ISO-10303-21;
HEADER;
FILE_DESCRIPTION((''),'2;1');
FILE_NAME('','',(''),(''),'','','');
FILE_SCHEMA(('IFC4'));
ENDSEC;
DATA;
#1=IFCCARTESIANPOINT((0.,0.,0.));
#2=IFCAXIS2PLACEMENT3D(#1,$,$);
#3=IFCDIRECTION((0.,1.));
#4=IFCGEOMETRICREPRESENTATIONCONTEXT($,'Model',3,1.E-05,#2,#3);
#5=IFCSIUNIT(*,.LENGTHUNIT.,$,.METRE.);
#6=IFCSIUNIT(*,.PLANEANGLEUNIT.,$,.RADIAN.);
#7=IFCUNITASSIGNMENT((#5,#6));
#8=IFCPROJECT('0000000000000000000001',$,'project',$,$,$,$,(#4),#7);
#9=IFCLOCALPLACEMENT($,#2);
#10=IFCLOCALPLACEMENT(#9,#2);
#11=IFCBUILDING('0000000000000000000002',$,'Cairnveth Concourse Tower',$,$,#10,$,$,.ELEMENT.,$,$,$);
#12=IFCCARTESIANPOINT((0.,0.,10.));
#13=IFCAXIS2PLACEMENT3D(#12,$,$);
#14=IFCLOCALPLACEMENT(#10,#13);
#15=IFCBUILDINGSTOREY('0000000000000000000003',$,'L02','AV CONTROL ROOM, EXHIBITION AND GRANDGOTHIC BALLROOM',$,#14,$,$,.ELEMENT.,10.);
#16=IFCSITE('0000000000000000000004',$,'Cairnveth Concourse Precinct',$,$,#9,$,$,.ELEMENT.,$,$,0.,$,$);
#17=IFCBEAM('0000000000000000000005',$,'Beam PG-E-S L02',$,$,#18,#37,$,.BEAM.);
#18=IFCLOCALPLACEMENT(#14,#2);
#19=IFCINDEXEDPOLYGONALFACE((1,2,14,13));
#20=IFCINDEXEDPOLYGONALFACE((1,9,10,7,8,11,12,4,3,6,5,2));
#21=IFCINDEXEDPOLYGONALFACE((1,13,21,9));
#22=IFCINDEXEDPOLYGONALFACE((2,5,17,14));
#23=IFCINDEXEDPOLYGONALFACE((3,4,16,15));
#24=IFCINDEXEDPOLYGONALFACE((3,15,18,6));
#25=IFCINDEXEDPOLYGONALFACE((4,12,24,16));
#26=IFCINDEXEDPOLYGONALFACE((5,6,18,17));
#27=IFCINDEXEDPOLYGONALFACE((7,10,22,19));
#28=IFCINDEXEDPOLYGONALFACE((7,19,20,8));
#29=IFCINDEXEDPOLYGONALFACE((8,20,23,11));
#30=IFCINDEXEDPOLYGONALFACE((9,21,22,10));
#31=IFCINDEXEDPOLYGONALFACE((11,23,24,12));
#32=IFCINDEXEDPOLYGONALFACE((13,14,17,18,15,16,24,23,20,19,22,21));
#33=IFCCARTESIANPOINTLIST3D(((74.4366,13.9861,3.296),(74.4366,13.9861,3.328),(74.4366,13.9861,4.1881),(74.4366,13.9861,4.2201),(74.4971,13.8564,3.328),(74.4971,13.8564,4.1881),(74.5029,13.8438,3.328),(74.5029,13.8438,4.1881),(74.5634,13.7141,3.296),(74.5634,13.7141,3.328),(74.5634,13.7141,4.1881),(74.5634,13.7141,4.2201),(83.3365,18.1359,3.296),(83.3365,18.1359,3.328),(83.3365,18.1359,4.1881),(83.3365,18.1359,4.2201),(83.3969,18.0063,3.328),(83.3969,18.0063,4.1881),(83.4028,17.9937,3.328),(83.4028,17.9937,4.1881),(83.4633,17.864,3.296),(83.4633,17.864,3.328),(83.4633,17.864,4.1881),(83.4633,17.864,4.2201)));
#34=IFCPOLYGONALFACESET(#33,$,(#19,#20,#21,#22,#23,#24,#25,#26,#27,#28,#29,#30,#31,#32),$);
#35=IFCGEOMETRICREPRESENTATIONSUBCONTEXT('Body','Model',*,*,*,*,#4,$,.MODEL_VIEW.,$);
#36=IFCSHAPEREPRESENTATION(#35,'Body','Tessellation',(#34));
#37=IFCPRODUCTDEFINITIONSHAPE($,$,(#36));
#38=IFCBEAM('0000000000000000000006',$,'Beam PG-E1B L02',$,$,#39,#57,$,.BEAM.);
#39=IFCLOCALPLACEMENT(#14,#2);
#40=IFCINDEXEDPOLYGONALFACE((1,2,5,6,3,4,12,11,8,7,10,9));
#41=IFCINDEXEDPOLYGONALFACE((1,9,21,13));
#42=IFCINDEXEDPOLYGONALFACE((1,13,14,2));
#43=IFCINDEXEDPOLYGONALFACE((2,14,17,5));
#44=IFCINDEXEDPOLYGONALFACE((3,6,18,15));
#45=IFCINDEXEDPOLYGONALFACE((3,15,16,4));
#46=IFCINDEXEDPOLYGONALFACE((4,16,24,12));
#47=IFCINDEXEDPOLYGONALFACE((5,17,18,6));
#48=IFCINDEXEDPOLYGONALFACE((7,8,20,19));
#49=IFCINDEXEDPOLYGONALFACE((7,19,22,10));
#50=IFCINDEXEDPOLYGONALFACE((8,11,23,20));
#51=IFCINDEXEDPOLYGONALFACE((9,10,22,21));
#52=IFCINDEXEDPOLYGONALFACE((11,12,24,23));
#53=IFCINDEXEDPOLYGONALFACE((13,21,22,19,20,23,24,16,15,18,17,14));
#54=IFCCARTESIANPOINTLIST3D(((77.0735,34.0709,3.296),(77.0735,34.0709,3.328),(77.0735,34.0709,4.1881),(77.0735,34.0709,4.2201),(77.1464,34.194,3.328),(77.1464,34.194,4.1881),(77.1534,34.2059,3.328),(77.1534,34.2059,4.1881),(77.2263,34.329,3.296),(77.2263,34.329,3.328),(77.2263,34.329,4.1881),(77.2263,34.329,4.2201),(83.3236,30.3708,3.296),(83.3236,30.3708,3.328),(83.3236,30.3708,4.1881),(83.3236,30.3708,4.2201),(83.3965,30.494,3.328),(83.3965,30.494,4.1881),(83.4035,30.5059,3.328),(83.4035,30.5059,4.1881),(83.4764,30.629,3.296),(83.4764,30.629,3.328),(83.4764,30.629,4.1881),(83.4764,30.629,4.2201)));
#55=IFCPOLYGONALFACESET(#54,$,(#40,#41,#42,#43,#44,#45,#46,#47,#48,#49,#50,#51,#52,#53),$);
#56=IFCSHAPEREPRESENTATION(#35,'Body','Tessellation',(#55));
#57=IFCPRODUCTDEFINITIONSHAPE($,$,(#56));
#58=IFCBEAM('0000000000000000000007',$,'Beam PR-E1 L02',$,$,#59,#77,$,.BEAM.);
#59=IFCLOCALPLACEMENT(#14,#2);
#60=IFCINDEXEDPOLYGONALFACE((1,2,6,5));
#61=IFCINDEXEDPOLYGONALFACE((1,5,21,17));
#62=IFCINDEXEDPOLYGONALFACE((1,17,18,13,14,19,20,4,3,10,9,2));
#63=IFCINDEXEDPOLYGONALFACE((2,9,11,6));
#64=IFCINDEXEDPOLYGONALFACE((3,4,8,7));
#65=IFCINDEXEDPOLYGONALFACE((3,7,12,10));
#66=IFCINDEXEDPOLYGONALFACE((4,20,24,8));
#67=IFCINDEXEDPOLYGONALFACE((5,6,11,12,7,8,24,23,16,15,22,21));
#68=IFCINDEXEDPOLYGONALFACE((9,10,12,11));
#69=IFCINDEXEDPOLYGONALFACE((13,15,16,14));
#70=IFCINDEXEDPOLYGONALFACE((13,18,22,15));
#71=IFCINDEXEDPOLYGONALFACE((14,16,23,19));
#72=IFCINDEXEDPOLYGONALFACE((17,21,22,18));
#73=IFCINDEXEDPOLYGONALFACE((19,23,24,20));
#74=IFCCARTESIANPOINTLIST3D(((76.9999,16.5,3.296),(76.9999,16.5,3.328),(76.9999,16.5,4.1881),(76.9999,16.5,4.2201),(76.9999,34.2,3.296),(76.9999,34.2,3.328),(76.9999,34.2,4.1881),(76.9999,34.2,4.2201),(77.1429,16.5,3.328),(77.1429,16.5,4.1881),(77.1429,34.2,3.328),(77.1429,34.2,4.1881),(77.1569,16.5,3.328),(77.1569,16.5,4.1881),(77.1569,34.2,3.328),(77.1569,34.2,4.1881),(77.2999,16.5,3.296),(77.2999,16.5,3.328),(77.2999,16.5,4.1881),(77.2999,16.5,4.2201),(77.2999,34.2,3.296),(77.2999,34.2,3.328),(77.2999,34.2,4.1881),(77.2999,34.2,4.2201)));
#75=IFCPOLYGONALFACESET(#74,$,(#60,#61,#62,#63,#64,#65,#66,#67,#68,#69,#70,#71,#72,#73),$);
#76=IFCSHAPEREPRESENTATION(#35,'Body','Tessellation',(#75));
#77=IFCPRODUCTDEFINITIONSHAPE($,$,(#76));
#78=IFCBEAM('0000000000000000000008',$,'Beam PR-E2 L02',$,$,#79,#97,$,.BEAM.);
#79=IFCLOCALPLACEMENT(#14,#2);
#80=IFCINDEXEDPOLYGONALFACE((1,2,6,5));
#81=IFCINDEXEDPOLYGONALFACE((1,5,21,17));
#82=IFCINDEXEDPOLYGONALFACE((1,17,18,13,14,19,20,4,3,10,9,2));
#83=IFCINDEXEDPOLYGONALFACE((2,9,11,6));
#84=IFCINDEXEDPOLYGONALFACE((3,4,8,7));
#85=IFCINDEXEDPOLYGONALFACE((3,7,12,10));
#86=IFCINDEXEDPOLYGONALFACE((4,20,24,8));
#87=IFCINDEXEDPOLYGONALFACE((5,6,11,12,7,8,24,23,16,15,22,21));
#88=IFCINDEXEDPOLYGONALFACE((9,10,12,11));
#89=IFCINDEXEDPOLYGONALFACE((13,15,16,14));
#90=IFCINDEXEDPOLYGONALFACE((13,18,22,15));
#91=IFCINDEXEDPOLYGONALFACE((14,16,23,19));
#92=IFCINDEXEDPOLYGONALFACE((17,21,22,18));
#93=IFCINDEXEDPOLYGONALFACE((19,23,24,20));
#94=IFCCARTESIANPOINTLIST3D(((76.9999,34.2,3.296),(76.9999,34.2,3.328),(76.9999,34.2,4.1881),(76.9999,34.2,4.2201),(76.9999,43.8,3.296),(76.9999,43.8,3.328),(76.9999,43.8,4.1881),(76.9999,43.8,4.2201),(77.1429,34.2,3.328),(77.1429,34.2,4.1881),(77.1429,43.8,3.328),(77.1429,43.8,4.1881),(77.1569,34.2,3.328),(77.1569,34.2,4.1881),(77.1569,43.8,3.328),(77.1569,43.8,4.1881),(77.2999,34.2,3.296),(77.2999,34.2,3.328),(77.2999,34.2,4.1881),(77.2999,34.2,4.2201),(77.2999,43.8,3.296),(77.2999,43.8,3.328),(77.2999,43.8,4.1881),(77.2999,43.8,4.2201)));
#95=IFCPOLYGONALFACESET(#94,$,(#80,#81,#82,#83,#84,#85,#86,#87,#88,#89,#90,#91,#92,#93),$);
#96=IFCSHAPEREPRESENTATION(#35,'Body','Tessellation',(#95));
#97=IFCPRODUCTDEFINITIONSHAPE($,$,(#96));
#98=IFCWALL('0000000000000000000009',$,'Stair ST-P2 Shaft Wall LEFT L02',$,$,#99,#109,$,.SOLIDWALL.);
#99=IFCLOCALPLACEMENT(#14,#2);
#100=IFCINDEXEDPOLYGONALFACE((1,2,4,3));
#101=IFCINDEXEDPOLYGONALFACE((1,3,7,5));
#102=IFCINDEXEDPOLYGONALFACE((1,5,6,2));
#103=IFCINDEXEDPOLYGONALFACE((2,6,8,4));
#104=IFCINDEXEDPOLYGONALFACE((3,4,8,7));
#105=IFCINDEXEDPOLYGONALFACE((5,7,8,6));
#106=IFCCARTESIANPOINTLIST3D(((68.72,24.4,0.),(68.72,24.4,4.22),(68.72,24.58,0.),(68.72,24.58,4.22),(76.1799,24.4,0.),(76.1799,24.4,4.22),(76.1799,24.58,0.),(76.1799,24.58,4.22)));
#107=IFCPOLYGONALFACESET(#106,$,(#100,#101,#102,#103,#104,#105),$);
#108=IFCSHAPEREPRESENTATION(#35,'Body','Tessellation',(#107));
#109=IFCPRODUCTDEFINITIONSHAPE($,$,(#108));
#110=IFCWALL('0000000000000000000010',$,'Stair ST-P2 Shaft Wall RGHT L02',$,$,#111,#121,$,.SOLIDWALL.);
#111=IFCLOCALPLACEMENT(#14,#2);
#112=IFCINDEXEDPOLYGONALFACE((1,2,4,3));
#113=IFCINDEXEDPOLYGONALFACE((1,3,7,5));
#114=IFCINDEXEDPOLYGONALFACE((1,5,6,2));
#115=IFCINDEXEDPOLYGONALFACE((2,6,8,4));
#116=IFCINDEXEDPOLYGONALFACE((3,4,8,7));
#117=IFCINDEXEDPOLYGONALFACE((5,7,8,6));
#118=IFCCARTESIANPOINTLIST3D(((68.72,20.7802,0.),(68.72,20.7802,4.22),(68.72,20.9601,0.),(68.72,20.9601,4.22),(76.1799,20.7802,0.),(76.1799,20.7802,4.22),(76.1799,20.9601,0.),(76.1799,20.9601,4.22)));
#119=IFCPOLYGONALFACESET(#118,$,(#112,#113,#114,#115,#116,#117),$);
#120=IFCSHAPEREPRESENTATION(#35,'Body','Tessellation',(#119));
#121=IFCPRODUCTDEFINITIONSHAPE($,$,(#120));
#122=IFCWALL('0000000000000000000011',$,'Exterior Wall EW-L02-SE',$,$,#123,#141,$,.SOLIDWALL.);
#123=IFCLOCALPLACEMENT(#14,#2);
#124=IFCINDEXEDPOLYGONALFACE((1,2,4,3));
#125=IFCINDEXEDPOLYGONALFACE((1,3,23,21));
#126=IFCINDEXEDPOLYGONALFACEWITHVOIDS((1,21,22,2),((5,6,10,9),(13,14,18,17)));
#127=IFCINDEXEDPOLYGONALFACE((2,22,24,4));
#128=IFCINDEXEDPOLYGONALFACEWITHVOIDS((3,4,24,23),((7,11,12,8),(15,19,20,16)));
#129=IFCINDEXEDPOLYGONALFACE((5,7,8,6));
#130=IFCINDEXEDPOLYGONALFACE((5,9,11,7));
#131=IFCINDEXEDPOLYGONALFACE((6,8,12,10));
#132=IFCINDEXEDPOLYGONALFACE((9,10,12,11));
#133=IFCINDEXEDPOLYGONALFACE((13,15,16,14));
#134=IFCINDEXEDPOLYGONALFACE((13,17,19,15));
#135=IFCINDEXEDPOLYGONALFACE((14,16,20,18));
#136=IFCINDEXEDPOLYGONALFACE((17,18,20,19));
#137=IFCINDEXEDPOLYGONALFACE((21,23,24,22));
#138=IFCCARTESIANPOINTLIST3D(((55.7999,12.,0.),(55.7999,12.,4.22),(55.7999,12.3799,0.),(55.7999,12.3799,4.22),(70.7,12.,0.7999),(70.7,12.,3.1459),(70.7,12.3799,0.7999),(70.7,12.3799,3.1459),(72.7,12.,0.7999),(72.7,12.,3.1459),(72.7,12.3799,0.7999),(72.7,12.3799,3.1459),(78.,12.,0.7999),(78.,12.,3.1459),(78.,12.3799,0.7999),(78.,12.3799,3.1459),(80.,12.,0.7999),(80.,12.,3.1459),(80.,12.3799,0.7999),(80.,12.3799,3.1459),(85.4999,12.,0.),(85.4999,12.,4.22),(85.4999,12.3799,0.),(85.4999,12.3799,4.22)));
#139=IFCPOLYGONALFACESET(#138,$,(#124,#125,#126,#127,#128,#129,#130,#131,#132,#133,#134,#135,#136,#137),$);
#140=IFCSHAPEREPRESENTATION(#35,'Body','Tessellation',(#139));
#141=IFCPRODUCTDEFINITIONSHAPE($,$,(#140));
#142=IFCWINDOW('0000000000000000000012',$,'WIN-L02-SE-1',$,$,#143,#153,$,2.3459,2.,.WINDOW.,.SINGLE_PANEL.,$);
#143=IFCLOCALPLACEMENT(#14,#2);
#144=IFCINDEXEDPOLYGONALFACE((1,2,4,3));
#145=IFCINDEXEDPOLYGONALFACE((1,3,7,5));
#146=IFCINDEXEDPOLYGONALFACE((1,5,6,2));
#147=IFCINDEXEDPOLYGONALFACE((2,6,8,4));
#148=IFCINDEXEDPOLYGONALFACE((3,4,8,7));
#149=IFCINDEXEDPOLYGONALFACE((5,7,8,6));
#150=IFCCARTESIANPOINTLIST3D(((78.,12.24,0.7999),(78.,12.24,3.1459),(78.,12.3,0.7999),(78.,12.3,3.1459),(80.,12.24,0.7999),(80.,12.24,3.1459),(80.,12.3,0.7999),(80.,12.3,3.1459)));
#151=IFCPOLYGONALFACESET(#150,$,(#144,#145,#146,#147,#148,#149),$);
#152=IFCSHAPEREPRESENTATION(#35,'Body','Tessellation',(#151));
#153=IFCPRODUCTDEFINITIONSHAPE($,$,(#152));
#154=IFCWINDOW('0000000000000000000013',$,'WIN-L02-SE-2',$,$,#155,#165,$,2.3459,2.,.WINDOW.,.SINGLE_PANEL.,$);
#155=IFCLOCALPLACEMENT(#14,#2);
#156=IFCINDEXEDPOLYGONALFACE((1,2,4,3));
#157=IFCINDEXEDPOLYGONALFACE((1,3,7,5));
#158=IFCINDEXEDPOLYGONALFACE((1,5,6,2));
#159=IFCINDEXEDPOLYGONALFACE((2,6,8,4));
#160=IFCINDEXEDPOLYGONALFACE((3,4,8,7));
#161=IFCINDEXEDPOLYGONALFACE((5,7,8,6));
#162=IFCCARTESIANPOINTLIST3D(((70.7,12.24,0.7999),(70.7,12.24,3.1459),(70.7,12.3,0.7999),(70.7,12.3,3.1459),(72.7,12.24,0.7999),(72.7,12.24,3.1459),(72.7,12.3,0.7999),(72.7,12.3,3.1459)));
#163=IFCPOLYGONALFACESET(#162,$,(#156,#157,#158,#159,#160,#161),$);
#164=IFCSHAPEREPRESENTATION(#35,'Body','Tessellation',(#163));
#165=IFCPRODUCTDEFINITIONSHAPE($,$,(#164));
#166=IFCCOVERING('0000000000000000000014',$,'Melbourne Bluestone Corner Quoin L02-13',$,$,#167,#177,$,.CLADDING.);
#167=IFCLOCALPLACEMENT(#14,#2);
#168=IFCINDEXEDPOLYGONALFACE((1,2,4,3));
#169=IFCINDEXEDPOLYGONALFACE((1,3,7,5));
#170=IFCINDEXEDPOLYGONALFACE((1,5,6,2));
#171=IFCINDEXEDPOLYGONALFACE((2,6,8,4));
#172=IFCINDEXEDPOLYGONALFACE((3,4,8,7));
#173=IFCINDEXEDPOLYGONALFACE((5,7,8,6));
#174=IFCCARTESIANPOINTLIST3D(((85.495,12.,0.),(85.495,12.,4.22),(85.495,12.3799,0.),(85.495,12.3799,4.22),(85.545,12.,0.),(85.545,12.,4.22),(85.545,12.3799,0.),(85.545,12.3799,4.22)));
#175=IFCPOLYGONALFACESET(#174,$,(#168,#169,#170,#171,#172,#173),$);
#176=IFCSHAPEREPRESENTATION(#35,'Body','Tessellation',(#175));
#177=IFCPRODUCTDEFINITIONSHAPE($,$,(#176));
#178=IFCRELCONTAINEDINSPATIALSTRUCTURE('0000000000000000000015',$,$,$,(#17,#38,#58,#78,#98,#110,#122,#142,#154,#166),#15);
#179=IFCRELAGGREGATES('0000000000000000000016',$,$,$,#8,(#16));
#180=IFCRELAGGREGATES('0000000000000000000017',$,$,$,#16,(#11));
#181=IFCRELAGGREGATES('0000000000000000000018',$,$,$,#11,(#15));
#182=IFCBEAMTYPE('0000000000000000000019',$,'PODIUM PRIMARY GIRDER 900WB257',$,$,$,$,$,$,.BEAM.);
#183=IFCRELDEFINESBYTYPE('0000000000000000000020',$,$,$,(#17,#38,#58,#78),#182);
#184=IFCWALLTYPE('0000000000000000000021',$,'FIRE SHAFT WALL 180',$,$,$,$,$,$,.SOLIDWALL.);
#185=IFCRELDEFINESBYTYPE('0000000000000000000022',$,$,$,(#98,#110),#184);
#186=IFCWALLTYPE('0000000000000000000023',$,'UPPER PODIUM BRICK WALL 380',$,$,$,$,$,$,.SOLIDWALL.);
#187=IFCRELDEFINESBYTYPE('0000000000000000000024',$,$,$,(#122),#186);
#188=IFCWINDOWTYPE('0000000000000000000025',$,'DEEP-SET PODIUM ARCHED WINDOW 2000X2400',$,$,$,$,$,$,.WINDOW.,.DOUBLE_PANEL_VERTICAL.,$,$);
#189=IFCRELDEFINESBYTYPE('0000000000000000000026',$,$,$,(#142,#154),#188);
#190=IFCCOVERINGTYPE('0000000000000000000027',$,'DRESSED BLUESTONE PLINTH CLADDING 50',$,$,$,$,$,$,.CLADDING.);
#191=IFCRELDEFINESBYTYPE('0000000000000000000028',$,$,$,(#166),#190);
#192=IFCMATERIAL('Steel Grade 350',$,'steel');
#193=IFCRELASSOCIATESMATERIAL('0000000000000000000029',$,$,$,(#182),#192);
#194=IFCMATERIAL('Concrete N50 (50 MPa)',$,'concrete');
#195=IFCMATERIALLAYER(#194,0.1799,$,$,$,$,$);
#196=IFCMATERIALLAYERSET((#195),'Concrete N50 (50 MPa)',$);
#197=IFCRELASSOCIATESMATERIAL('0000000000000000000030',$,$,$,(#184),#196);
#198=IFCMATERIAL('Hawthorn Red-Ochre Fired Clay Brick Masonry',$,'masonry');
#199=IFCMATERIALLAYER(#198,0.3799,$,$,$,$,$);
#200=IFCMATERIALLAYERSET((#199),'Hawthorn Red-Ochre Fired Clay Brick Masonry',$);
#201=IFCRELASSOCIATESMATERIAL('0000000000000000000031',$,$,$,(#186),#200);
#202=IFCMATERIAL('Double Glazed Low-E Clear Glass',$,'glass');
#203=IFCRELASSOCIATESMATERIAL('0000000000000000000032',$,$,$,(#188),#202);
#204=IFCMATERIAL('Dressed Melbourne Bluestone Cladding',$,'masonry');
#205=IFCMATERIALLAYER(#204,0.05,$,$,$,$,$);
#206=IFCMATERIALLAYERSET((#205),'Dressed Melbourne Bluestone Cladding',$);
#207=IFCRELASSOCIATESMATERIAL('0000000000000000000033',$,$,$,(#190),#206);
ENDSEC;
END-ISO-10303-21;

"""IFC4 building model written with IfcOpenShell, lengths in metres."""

from ifc_helpers import new_model, si_unit, direction, frame, frame_2d, origin, origin_2d, place, context, subcontext, project, spatial, rectangle, i_section, extrude, material, layer, layer_set, material_profile, profile_set, type_object, element, fill, save


model = new_model("IFC4")

# Units and contexts
model_context = context("Model", 3, precision=1e-05, world=origin(), true_north=direction((0.0, 1.0)))
body_context = subcontext(model_context, "Body", "Model", "MODEL_VIEW")
ifc_project = project(units=[si_unit("LENGTHUNIT", "METRE"), si_unit("PLANEANGLEUNIT", "RADIAN")], contexts=[model_context])

# Site, building, storey
site_placement = place(None, origin())
site = spatial("IfcSite", under=ifc_project, at=site_placement, Name="Cairnveth Concourse Precinct", CompositionType="ELEMENT", RefElevation=0.0)
building_placement = place(site_placement, origin())
building = spatial("IfcBuilding", under=site, at=building_placement, Name="Cairnveth Concourse Tower", CompositionType="ELEMENT")
storey_placement = place(building_placement, frame((0.0, 0.0, 10.0)))
storey = spatial("IfcBuildingStorey", under=building, at=storey_placement, Name="L02", Description="AV CONTROL ROOM, EXHIBITION AND GRANDGOTHIC BALLROOM", CompositionType="ELEMENT", Elevation=10.0)

# Shared definitions
ifc_material_1 = material(Name="Steel Grade 350", Category="steel")

# Beams
ifc_material_profile_1 = material_profile(ifc_material_1, i_section(OverallWidth=0.3, OverallDepth=0.9241, WebThickness=0.0139, FlangeThickness=0.032, at=origin_2d()), Name="900WB257")
ifc_profile_set_1 = profile_set([ifc_material_profile_1], Name="Steel Grade 350")
beam_type_1 = type_object("IfcBeamType", Name="PODIUM PRIMARY GIRDER 900WB257", PredefinedType="BEAM", material=ifc_profile_set_1)
beam_1_placement = place(storey_placement, frame((74.5, 13.8501, 3.7581), z_axis=(0.906315, 0.422602, 0.0), x_axis=(-0.422602, 0.906315, 0.0)))
element("IfcBeam", 1, at=beam_1_placement, inside=storey, type_object=beam_type_1, Name="Beam PG-E-S L02", PredefinedType="BEAM", context=body_context, shape_type="SweptSolid", body=[
    extrude(i_section(OverallWidth=0.3, OverallDepth=0.9241, WebThickness=0.0139, FlangeThickness=0.032, at=origin_2d()), origin(), (0.0, 0.0, 1.0), 9.8198),
])
beam_2_placement = place(storey_placement, frame((77.1499, 34.2, 3.7581), z_axis=(0.860518, -0.50942, 0.0), x_axis=(0.50942, 0.860518, 0.0)))
element("IfcBeam", 2, at=beam_2_placement, inside=storey, type_object=beam_type_1, Name="Beam PG-E1B L02", PredefinedType="BEAM", context=body_context, shape_type="SweptSolid", body=[
    extrude(i_section(OverallWidth=0.3, OverallDepth=0.9241, WebThickness=0.0139, FlangeThickness=0.032, at=origin_2d()), origin(), (0.0, 0.0, 1.0), 7.2632),
])
beam_3_placement = place(storey_placement, frame((77.1499, 16.5, 3.7581), z_axis=(0.0, 1.0, 0.0), x_axis=(-1.0, 0.0, 0.0)))
element("IfcBeam", 3, at=beam_3_placement, inside=storey, type_object=beam_type_1, Name="Beam PR-E1 L02", PredefinedType="BEAM", context=body_context, shape_type="SweptSolid", body=[
    extrude(i_section(OverallWidth=0.3, OverallDepth=0.9241, WebThickness=0.0139, FlangeThickness=0.032, at=origin_2d()), origin(), (0.0, 0.0, 1.0), 17.7),
])
beam_4_placement = place(storey_placement, frame((77.1499, 34.2, 3.7581), z_axis=(0.0, 1.0, 0.0), x_axis=(-1.0, 0.0, 0.0)))
element("IfcBeam", 4, at=beam_4_placement, inside=storey, type_object=beam_type_1, Name="Beam PR-E2 L02", PredefinedType="BEAM", context=body_context, shape_type="SweptSolid", body=[
    extrude(i_section(OverallWidth=0.3, OverallDepth=0.9241, WebThickness=0.0139, FlangeThickness=0.032, at=origin_2d()), origin(), (0.0, 0.0, 1.0), 9.6001),
])

# Shared definitions
ifc_material_2 = material(Name="Concrete N50 (50 MPa)", Category="concrete")
ifc_layer_1 = layer(ifc_material_2, 0.1799)
ifc_layer_set_1 = layer_set([ifc_layer_1], Name="Concrete N50 (50 MPa)")
wall_type_1 = type_object("IfcWallType", Name="FIRE SHAFT WALL 180", PredefinedType="SOLIDWALL", material=ifc_layer_set_1)

# Walls
for number, where, z_axis, x_axis, name in (
    (5, (76.1799, 24.49, 0.0), (0.0, 0.0, 1.0), (-1.0, 0.0, 0.0), "Stair ST-P2 Shaft Wall LEFT L02"),
    (6, (76.1799, 20.8701, 0.0), (0.0, 0.0, 1.0), (-1.0, 0.0, 0.0), "Stair ST-P2 Shaft Wall RGHT L02"),
):
    element("IfcWall", number, at=place(storey_placement, frame(where, z_axis=z_axis, x_axis=x_axis)), inside=storey, type_object=wall_type_1, Name=name, PredefinedType="SOLIDWALL", context=body_context, shape_type="SweptSolid", body=[
        extrude(rectangle(XDim=7.46, YDim=0.1799, at=frame_2d((3.73, 0.0))), origin(), (0.0, 0.0, 1.0), 4.22),
    ])

# Wall, openings, windows
ifc_material_3 = material(Name="Hawthorn Red-Ochre Fired Clay Brick Masonry", Category="masonry")
ifc_layer_2 = layer(ifc_material_3, 0.3799)
ifc_layer_set_2 = layer_set([ifc_layer_2], Name="Hawthorn Red-Ochre Fired Clay Brick Masonry")
wall_type_2 = type_object("IfcWallType", Name="UPPER PODIUM BRICK WALL 380", PredefinedType="SOLIDWALL", material=ifc_layer_set_2)
wall_1_placement = place(storey_placement, frame((85.5, 12.1899, 0.0), z_axis=(0.0, 0.0, 1.0), x_axis=(-1.0, 0.0, 0.0)))
wall_1 = element("IfcWall", 7, at=wall_1_placement, inside=storey, type_object=wall_type_2, Name="Exterior Wall EW-L02-SE", PredefinedType="SOLIDWALL", context=body_context, shape_type="SweptSolid", body=[
    extrude(rectangle(XDim=29.7, YDim=0.3799, at=frame_2d((14.8501, 0.0))), origin(), (0.0, 0.0, 1.0), 4.22),
])
opening_1_placement = place(wall_1_placement, frame((5.5, 0.0, 0.8)))
opening_1 = element("IfcOpeningElement", 8, at=opening_1_placement, cuts=wall_1, PredefinedType="OPENING", context=body_context, shape_type="SweptSolid", body=[
    extrude(rectangle(XDim=2.0, YDim=2.3459, at=frame_2d((1.0, 1.1729))), frame((0.0, 0.2, 0.0), z_axis=(0.0, -1.0, 0.0), x_axis=(1.0, 0.0, 0.0)), (0.0, 0.0, 1.0), 0.3999),
])
opening_2_placement = place(wall_1_placement, frame((12.8, 0.0, 0.8)))
opening_2 = element("IfcOpeningElement", 9, at=opening_2_placement, cuts=wall_1, PredefinedType="OPENING", context=body_context, shape_type="SweptSolid", body=[
    extrude(rectangle(XDim=2.0, YDim=2.3459, at=frame_2d((1.0, 1.1729))), frame((0.0, 0.2, 0.0), z_axis=(0.0, -1.0, 0.0), x_axis=(1.0, 0.0, 0.0)), (0.0, 0.0, 1.0), 0.3999),
])
ifc_material_4 = material(Name="Double Glazed Low-E Clear Glass", Category="glass")
window_type = type_object("IfcWindowType", Name="DEEP-SET PODIUM ARCHED WINDOW 2000X2400", PartitioningType="DOUBLE_PANEL_VERTICAL", PredefinedType="WINDOW", material=ifc_material_4)
window_1_placement = place(opening_1_placement, origin())
window_1 = element("IfcWindow", 10, at=window_1_placement, inside=storey, type_object=window_type, Name="WIN-L02-SE-1", OverallHeight=2.3459, OverallWidth=2.0, PartitioningType="SINGLE_PANEL", PredefinedType="WINDOW", context=body_context, shape_type="SweptSolid", body=[
    extrude(rectangle(XDim=2.0, YDim=2.3459, at=frame_2d((1.0, 1.1729))), frame((0.0, -0.05, 0.0), z_axis=(0.0, -1.0, 0.0), x_axis=(1.0, 0.0, 0.0)), (0.0, 0.0, 1.0), 0.0601),
])
fill(opening_1, window_1)
window_2_placement = place(opening_2_placement, origin())
window_2 = element("IfcWindow", 11, at=window_2_placement, inside=storey, type_object=window_type, Name="WIN-L02-SE-2", OverallHeight=2.3459, OverallWidth=2.0, PartitioningType="SINGLE_PANEL", PredefinedType="WINDOW", context=body_context, shape_type="SweptSolid", body=[
    extrude(rectangle(XDim=2.0, YDim=2.3459, at=frame_2d((1.0, 1.1729))), frame((0.0, -0.05, 0.0), z_axis=(0.0, -1.0, 0.0), x_axis=(1.0, 0.0, 0.0)), (0.0, 0.0, 1.0), 0.0601),
])
fill(opening_2, window_2)

# Covering
ifc_material_5 = material(Name="Dressed Melbourne Bluestone Cladding", Category="masonry")
ifc_layer_3 = layer(ifc_material_5, 0.05)
ifc_layer_set_3 = layer_set([ifc_layer_3], Name="Dressed Melbourne Bluestone Cladding")
covering_type = type_object("IfcCoveringType", Name="DRESSED BLUESTONE PLINTH CLADDING 50", PredefinedType="CLADDING", material=ifc_layer_set_3)
covering_placement = place(storey_placement, frame((85.52, 12.3799, 0.0), z_axis=(0.0, 0.0, 1.0), x_axis=(0.0, -1.0, 0.0)))
element("IfcCovering", 12, at=covering_placement, inside=storey, type_object=covering_type, Name="Melbourne Bluestone Corner Quoin L02-13", PredefinedType="CLADDING", context=body_context, shape_type="SweptSolid", body=[
    extrude(rectangle(XDim=0.3799, YDim=0.05, at=frame_2d((0.1899, 0.0))), origin(), (0.0, 0.0, 1.0), 4.22),
])

save(model, "model.ifc")
